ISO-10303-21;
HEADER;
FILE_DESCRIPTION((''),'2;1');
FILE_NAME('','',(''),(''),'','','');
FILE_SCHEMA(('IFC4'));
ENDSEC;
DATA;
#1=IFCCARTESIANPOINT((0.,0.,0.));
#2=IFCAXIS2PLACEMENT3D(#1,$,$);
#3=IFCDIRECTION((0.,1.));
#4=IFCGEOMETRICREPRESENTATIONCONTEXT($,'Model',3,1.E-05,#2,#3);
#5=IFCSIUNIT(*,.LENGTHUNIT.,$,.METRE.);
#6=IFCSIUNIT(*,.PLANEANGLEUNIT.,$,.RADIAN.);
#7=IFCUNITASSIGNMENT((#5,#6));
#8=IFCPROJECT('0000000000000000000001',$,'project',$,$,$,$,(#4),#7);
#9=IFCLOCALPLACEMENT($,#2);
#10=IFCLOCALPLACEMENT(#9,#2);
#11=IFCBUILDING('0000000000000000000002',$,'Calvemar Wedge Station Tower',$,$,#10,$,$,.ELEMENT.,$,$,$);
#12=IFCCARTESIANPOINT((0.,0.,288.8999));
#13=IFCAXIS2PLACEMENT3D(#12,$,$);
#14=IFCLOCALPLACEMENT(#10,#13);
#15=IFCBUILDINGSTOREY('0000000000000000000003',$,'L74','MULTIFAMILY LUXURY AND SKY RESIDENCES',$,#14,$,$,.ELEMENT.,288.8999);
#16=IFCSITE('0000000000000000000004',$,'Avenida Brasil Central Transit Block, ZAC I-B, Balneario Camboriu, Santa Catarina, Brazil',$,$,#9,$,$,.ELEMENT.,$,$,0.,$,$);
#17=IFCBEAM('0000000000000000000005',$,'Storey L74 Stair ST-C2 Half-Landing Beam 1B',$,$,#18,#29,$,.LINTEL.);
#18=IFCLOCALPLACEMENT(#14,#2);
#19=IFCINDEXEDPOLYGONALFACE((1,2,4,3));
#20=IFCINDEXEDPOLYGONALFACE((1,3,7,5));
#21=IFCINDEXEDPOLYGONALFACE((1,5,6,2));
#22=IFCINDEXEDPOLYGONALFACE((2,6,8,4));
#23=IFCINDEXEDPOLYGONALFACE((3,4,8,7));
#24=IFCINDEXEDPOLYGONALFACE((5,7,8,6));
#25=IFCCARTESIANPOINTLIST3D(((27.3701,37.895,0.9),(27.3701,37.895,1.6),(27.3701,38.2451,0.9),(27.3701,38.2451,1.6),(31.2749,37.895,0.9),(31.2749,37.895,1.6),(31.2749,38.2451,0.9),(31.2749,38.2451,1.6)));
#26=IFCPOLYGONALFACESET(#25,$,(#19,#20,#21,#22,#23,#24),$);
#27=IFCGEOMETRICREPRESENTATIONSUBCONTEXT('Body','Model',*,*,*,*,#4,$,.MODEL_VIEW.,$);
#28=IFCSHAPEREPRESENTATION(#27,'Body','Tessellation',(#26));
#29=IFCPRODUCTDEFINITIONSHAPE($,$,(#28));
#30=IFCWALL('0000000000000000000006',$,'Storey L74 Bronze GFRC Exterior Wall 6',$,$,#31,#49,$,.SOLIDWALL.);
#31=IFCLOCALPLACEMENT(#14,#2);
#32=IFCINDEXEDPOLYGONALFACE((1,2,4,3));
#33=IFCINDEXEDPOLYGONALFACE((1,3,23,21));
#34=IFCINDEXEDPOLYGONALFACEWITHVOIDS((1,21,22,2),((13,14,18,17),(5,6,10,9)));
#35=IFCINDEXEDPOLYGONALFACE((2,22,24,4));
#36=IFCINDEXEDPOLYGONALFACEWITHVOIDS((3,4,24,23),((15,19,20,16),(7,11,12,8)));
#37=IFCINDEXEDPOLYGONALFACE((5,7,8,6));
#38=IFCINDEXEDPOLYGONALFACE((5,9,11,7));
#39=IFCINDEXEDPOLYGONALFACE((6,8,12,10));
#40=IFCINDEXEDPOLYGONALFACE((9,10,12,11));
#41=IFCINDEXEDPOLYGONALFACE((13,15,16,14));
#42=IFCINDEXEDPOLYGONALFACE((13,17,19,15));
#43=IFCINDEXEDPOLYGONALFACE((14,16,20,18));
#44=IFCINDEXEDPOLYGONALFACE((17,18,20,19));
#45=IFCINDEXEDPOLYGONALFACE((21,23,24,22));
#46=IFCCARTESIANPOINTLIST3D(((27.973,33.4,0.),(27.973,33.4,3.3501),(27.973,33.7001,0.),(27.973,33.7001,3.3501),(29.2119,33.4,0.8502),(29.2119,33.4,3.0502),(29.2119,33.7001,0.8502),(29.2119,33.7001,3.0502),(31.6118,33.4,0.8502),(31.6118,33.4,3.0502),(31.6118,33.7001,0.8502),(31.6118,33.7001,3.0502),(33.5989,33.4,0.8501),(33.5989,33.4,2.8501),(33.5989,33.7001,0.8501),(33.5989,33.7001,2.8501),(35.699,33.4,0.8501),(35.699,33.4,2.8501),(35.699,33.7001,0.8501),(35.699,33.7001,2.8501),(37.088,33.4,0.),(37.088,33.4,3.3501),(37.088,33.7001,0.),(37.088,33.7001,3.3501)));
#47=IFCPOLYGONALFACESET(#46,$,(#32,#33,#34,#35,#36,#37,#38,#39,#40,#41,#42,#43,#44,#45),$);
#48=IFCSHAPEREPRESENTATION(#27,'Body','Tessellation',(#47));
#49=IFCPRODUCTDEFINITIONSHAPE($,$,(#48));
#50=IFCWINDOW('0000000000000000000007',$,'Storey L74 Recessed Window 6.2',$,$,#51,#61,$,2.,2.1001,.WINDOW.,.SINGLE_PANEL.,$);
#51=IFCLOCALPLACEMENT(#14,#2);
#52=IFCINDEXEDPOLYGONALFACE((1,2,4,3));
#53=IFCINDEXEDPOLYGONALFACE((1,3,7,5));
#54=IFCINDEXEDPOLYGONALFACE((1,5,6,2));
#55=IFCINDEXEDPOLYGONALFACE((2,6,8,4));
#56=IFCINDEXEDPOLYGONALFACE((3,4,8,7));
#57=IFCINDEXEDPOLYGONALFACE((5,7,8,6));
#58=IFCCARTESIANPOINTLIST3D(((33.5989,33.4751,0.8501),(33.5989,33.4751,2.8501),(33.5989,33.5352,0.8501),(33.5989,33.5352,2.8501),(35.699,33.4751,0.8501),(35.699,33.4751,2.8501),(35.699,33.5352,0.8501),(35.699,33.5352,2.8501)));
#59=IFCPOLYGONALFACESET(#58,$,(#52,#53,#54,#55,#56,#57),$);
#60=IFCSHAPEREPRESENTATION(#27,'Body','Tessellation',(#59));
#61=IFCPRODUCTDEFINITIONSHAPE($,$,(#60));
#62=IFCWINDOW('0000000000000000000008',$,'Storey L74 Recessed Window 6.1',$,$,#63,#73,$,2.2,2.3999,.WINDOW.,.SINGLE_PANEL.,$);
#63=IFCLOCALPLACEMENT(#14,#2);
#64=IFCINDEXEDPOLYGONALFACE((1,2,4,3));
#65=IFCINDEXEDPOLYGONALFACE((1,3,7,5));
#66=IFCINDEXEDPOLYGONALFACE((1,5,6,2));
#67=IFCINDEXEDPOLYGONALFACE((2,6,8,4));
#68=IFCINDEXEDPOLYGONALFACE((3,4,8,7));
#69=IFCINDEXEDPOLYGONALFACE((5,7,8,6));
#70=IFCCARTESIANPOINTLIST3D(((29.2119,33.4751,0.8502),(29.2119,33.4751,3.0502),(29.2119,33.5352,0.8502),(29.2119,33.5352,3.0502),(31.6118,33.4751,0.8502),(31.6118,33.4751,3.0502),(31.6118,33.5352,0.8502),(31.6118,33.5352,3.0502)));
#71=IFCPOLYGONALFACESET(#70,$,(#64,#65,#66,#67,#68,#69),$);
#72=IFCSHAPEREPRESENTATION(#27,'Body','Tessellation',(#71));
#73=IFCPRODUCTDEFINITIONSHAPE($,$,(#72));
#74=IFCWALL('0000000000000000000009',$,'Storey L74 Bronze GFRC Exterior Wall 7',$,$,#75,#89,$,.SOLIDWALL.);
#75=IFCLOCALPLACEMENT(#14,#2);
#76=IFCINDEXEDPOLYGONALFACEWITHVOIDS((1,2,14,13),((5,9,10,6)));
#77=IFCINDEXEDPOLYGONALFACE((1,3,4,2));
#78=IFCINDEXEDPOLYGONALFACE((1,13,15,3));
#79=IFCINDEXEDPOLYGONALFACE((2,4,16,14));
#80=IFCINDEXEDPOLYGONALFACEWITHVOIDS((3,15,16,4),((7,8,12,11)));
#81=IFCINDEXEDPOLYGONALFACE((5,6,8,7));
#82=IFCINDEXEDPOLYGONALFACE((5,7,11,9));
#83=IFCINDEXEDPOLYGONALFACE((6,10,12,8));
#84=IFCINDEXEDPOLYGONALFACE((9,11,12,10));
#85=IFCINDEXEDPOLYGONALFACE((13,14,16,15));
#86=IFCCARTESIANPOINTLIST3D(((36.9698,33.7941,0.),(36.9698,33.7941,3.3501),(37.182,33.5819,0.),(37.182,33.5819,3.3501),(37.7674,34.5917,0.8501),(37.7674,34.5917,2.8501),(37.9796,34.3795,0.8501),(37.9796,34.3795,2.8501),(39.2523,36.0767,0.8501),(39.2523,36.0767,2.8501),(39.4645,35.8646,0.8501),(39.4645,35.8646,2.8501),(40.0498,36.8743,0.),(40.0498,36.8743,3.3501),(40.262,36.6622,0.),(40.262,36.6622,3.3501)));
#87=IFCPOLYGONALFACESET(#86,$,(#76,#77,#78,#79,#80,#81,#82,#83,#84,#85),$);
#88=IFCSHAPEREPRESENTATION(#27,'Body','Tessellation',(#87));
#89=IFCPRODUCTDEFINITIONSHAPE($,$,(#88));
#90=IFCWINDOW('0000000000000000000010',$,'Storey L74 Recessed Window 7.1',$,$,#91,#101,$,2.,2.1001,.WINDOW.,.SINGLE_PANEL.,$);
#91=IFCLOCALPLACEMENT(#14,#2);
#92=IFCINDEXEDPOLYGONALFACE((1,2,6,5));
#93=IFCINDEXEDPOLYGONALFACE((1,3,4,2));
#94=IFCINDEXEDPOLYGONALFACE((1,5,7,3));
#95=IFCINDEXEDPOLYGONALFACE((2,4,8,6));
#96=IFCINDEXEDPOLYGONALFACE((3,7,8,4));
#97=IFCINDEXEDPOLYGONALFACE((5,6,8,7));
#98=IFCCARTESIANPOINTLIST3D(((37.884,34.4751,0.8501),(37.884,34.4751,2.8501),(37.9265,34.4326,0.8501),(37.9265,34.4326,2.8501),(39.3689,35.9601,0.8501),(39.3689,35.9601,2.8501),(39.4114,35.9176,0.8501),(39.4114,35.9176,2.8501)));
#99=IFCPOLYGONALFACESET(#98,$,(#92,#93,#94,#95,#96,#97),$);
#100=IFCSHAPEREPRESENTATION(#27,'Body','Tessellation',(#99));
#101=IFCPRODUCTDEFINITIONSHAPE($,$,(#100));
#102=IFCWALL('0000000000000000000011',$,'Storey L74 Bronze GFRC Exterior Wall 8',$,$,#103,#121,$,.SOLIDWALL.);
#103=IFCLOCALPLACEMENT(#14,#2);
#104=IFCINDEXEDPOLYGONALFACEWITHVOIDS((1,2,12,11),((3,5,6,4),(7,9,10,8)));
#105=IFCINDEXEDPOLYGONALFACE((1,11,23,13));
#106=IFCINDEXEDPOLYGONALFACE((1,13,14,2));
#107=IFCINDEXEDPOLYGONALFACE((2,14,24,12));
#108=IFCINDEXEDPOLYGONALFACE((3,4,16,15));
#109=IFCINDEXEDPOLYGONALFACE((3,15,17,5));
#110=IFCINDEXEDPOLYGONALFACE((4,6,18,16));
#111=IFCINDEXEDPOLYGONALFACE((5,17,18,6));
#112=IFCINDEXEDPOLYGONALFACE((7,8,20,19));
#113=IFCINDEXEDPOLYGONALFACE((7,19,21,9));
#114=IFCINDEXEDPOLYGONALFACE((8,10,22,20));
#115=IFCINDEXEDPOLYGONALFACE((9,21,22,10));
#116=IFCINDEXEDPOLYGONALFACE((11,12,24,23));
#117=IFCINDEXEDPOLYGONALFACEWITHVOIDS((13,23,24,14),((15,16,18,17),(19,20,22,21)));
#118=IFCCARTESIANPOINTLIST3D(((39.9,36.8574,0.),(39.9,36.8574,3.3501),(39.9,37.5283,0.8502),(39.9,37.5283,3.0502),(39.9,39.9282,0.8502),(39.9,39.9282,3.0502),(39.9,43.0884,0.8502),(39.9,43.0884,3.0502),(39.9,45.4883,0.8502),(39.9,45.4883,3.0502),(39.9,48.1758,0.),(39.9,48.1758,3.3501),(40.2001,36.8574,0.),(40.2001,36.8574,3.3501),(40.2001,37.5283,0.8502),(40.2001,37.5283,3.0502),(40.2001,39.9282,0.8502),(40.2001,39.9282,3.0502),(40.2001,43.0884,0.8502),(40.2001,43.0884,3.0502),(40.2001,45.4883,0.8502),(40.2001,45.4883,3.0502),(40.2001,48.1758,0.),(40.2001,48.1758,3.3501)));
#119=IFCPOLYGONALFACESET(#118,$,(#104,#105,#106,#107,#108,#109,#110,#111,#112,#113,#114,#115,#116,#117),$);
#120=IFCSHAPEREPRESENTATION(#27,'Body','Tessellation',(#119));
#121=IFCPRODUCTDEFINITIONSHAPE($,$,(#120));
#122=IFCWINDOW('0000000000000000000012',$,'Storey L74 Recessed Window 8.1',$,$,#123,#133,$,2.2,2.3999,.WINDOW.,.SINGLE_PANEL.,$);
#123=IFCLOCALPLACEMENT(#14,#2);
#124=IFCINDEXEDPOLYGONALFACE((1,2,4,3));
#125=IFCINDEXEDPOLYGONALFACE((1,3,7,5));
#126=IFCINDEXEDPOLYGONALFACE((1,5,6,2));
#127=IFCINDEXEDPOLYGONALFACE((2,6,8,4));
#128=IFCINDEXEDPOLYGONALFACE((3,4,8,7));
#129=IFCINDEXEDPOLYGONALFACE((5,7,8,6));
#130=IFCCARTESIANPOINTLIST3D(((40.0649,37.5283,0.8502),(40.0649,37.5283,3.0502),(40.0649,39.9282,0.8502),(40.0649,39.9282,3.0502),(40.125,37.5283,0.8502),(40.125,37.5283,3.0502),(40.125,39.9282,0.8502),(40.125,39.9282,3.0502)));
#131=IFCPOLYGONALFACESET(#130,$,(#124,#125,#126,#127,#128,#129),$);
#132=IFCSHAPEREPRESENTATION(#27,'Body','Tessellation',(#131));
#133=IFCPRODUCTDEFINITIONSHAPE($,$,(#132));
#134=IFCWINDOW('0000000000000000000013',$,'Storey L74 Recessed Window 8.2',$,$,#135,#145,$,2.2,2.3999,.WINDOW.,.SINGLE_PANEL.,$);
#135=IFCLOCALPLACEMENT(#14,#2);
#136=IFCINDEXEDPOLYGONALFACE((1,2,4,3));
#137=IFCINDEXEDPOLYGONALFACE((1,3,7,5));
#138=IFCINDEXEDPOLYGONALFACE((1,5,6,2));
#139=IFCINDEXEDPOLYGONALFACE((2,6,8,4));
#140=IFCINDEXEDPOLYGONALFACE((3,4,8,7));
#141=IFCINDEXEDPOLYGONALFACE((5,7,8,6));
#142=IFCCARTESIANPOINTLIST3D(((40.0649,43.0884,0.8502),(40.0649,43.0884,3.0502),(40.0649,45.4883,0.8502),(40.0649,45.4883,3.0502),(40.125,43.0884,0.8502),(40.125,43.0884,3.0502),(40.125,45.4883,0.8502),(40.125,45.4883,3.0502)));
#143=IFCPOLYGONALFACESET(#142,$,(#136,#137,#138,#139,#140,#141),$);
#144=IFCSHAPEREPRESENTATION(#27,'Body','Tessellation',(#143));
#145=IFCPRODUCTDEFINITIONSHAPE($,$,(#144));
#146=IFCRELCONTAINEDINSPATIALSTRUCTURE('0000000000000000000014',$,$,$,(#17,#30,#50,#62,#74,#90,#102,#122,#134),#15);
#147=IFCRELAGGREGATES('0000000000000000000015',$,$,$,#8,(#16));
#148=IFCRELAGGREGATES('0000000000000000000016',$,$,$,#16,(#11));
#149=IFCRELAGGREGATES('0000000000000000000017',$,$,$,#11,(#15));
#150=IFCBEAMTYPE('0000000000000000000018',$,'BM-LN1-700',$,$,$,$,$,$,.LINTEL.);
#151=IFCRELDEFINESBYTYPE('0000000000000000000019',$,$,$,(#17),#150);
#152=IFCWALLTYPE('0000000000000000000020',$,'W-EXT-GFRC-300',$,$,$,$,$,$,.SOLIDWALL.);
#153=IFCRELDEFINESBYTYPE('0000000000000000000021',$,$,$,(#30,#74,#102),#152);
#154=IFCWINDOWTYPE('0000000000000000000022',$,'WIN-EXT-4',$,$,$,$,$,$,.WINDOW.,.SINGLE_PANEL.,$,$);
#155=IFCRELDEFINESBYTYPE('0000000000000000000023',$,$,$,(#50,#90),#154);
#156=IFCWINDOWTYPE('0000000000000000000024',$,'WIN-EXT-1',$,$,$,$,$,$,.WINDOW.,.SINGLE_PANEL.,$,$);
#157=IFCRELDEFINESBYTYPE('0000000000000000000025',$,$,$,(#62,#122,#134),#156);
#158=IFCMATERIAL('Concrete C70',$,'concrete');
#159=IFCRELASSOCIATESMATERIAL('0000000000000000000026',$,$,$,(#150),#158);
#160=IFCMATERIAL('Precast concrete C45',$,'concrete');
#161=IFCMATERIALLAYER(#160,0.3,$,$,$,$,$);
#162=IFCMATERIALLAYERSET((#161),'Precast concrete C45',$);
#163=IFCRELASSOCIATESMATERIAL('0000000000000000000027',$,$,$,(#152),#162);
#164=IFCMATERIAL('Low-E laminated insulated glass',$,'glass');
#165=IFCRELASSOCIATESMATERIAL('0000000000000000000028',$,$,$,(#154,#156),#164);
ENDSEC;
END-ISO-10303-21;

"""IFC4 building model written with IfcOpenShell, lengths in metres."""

from ifc_helpers import new_model, si_unit, direction, frame, frame_2d, origin, origin_2d, place, context, subcontext, project, spatial, rectangle, extrude, source, transform, mapped, material, layer, layer_set, material_profile, profile_set, type_object, element, fill, save


model = new_model("IFC4")

# Units and contexts
model_context = context("Model", 3, precision=1e-05, world=origin(), true_north=direction((0.0, 1.0)))
body_context = subcontext(model_context, "Body", "Model", "MODEL_VIEW")
ifc_project = project(units=[si_unit("LENGTHUNIT", "METRE"), si_unit("PLANEANGLEUNIT", "RADIAN")], contexts=[model_context])

# Site, building, storey
site_placement = place(None, origin())
site = spatial("IfcSite", under=ifc_project, at=site_placement, Name="Avenida Brasil Central Transit Block, ZAC I-B, Balneario Camboriu, Santa Catarina, Brazil", CompositionType="ELEMENT", RefElevation=0.0)
building_placement = place(site_placement, origin())
building = spatial("IfcBuilding", under=site, at=building_placement, Name="Calvemar Wedge Station Tower", CompositionType="ELEMENT")
storey_placement = place(building_placement, frame((0.0, 0.0, 288.8999)))
storey = spatial("IfcBuildingStorey", under=building, at=storey_placement, Name="L74", Description="MULTIFAMILY LUXURY AND SKY RESIDENCES", CompositionType="ELEMENT", Elevation=288.8999)

# Beam
ifc_material_1 = material(Name="Concrete C70", Category="concrete")
ifc_material_profile = material_profile(ifc_material_1, rectangle(XDim=0.3501, YDim=0.7, at=origin_2d()), Name="RC350x700")
ifc_profile_set = profile_set([ifc_material_profile], Name="Concrete C70")
beam_type = type_object("IfcBeamType", Name="BM-LN1-700", PredefinedType="LINTEL", material=ifc_profile_set)
shared_shape_1 = source(origin(), body_context, "Body", "SweptSolid", [
    extrude(rectangle(XDim=0.3501, YDim=0.7, at=origin_2d()), origin(), (0.0, 0.0, 1.0), 3.9048),
])
beam_placement = place(storey_placement, frame((27.3701, 38.0701, 1.25), z_axis=(1.0, 0.0, 0.0), x_axis=(0.0, 1.0, 0.0)))
element("IfcBeam", 1, at=beam_placement, inside=storey, type_object=beam_type, Name="Storey L74 Stair ST-C2 Half-Landing Beam 1B", PredefinedType="LINTEL", context=body_context, shape_type="MappedRepresentation", body=[
    mapped(shared_shape_1, transform((0.0, 0.0, 0.0), scale=1.0)),
])

# Wall, openings, windows
ifc_material_2 = material(Name="Precast concrete C45", Category="concrete")
ifc_layer_1 = layer(ifc_material_2, 0.3)
ifc_layer_set_1 = layer_set([ifc_layer_1], Name="Precast concrete C45")
wall_type_1 = type_object("IfcWallType", Name="W-EXT-GFRC-300", PredefinedType="SOLIDWALL", material=ifc_layer_set_1)
wall_1_placement = place(storey_placement, frame((27.9729, 33.55, 0.0), z_axis=(0.0, 0.0, 1.0), x_axis=(1.0, 0.0, 0.0)))
wall_1 = element("IfcWall", 2, at=wall_1_placement, inside=storey, type_object=wall_type_1, Name="Storey L74 Bronze GFRC Exterior Wall 6", PredefinedType="SOLIDWALL", context=body_context, shape_type="SweptSolid", body=[
    extrude(rectangle(XDim=9.115, YDim=0.3, at=frame_2d((4.5576, 0.0))), origin(), (0.0, 0.0, 1.0), 3.3501),
])
shared_shape_2 = source(origin(), body_context, "Body", "SweptSolid", [
    extrude(rectangle(XDim=2.3999, YDim=2.2, at=frame_2d((1.2, 1.1001))), frame((0.0, 0.1602, 0.0), z_axis=(0.0, -1.0, 0.0), x_axis=(1.0, 0.0, 0.0)), (0.0, 0.0, 1.0), 0.3201),
])
opening_1_placement = place(wall_1_placement, frame((1.239, 0.0, 0.8501)))
opening_1 = element("IfcOpeningElement", 3, at=opening_1_placement, cuts=wall_1, PredefinedType="OPENING", context=body_context, shape_type="MappedRepresentation", body=[
    mapped(shared_shape_2, transform((0.0, 0.0, 0.0), scale=1.0)),
])
shared_shape_3 = source(origin(), body_context, "Body", "SweptSolid", [
    extrude(rectangle(XDim=2.1001, YDim=2.0, at=frame_2d((1.05, 1.0))), frame((0.0, 0.1602, 0.0), z_axis=(0.0, -1.0, 0.0), x_axis=(1.0, 0.0, 0.0)), (0.0, 0.0, 1.0), 0.3201),
])
opening_2_placement = place(wall_1_placement, frame((5.626, 0.0, 0.8501)))
opening_2 = element("IfcOpeningElement", 4, at=opening_2_placement, cuts=wall_1, PredefinedType="OPENING", context=body_context, shape_type="MappedRepresentation", body=[
    mapped(shared_shape_3, transform((0.0, 0.0, 0.0), scale=1.0)),
])
ifc_material_3 = material(Name="Low-E laminated insulated glass", Category="glass")
window_type_1 = type_object("IfcWindowType", Name="WIN-EXT-4", PartitioningType="SINGLE_PANEL", PredefinedType="WINDOW", material=ifc_material_3)
shared_shape_4 = source(origin(), body_context, "Body", "SweptSolid", [
    extrude(rectangle(XDim=2.1001, YDim=2.0, at=frame_2d((1.05, 1.0))), frame((0.0, -0.0149, 0.0), z_axis=(0.0, -1.0, 0.0), x_axis=(1.0, 0.0, 0.0)), (0.0, 0.0, 1.0), 0.0601),
])
window_1_placement = place(opening_2_placement, origin())
window_1 = element("IfcWindow", 5, at=window_1_placement, inside=storey, type_object=window_type_1, Name="Storey L74 Recessed Window 6.2", OverallHeight=2.0, OverallWidth=2.1001, PartitioningType="SINGLE_PANEL", PredefinedType="WINDOW", context=body_context, shape_type="MappedRepresentation", body=[
    mapped(shared_shape_4, transform((0.0, 0.0, 0.0), scale=1.0)),
])
fill(opening_2, window_1)
window_type_2 = type_object("IfcWindowType", Name="WIN-EXT-1", PartitioningType="SINGLE_PANEL", PredefinedType="WINDOW", material=ifc_material_3)
shared_shape_5 = source(origin(), body_context, "Body", "SweptSolid", [
    extrude(rectangle(XDim=2.3999, YDim=2.2, at=frame_2d((1.2, 1.1001))), frame((0.0, -0.0149, 0.0), z_axis=(0.0, -1.0, 0.0), x_axis=(1.0, 0.0, 0.0)), (0.0, 0.0, 1.0), 0.0601),
])
window_2_placement = place(opening_1_placement, origin())
window_2 = element("IfcWindow", 6, at=window_2_placement, inside=storey, type_object=window_type_2, Name="Storey L74 Recessed Window 6.1", OverallHeight=2.2, OverallWidth=2.3999, PartitioningType="SINGLE_PANEL", PredefinedType="WINDOW", context=body_context, shape_type="MappedRepresentation", body=[
    mapped(shared_shape_5, transform((0.0, 0.0, 0.0), scale=1.0)),
])
fill(opening_1, window_2)

# Wall, opening, window
wall_2_placement = place(storey_placement, frame((37.0759, 33.688, 0.0), z_axis=(0.0, 0.0, 1.0), x_axis=(0.707079, 0.707135, 0.0)))
wall_2 = element("IfcWall", 7, at=wall_2_placement, inside=storey, type_object=wall_type_1, Name="Storey L74 Bronze GFRC Exterior Wall 7", PredefinedType="SOLIDWALL", context=body_context, shape_type="SweptSolid", body=[
    extrude(rectangle(XDim=4.356, YDim=0.3, at=frame_2d((2.178, 0.0))), origin(), (0.0, 0.0, 1.0), 3.3501),
])
opening_3_placement = place(wall_2_placement, frame((1.1279, 0.0, 0.8501)))
opening_3 = element("IfcOpeningElement", 8, at=opening_3_placement, cuts=wall_2, PredefinedType="OPENING", context=body_context, shape_type="MappedRepresentation", body=[
    mapped(shared_shape_3, transform((0.0, 0.0, 0.0), scale=1.0)),
])
window_3_placement = place(opening_3_placement, origin())
window_3 = element("IfcWindow", 9, at=window_3_placement, inside=storey, type_object=window_type_1, Name="Storey L74 Recessed Window 7.1", OverallHeight=2.0, OverallWidth=2.1001, PartitioningType="SINGLE_PANEL", PredefinedType="WINDOW", context=body_context, shape_type="MappedRepresentation", body=[
    mapped(shared_shape_4, transform((0.0, 0.0, 0.0), scale=1.0)),
])
fill(opening_3, window_3)

# Wall, openings, windows
wall_3_placement = place(storey_placement, frame((40.05, 36.8574, 0.0), z_axis=(0.0, 0.0, 1.0), x_axis=(0.0, 1.0, 0.0)))
wall_3 = element("IfcWall", 10, at=wall_3_placement, inside=storey, type_object=wall_type_1, Name="Storey L74 Bronze GFRC Exterior Wall 8", PredefinedType="SOLIDWALL", context=body_context, shape_type="SweptSolid", body=[
    extrude(rectangle(XDim=11.3184, YDim=0.3, at=frame_2d((5.6592, 0.0))), origin(), (0.0, 0.0, 1.0), 3.3501),
])
opening_4_placement = place(wall_3_placement, frame((0.6709, 0.0, 0.8501)))
opening_4 = element("IfcOpeningElement", 11, at=opening_4_placement, cuts=wall_3, PredefinedType="OPENING", context=body_context, shape_type="MappedRepresentation", body=[
    mapped(shared_shape_2, transform((0.0, 0.0, 0.0), scale=1.0)),
])
opening_5_placement = place(wall_3_placement, frame((6.231, 0.0, 0.8501)))
opening_5 = element("IfcOpeningElement", 12, at=opening_5_placement, cuts=wall_3, PredefinedType="OPENING", context=body_context, shape_type="MappedRepresentation", body=[
    mapped(shared_shape_2, transform((0.0, 0.0, 0.0), scale=1.0)),
])
window_4_placement = place(opening_4_placement, origin())
window_4 = element("IfcWindow", 13, at=window_4_placement, inside=storey, type_object=window_type_2, Name="Storey L74 Recessed Window 8.1", OverallHeight=2.2, OverallWidth=2.3999, PartitioningType="SINGLE_PANEL", PredefinedType="WINDOW", context=body_context, shape_type="MappedRepresentation", body=[
    mapped(shared_shape_5, transform((0.0, 0.0, 0.0), scale=1.0)),
])
fill(opening_4, window_4)
window_5_placement = place(opening_5_placement, origin())
window_5 = element("IfcWindow", 14, at=window_5_placement, inside=storey, type_object=window_type_2, Name="Storey L74 Recessed Window 8.2", OverallHeight=2.2, OverallWidth=2.3999, PartitioningType="SINGLE_PANEL", PredefinedType="WINDOW", context=body_context, shape_type="MappedRepresentation", body=[
    mapped(shared_shape_5, transform((0.0, 0.0, 0.0), scale=1.0)),
])
fill(opening_5, window_5)

save(model, "model.ifc")
